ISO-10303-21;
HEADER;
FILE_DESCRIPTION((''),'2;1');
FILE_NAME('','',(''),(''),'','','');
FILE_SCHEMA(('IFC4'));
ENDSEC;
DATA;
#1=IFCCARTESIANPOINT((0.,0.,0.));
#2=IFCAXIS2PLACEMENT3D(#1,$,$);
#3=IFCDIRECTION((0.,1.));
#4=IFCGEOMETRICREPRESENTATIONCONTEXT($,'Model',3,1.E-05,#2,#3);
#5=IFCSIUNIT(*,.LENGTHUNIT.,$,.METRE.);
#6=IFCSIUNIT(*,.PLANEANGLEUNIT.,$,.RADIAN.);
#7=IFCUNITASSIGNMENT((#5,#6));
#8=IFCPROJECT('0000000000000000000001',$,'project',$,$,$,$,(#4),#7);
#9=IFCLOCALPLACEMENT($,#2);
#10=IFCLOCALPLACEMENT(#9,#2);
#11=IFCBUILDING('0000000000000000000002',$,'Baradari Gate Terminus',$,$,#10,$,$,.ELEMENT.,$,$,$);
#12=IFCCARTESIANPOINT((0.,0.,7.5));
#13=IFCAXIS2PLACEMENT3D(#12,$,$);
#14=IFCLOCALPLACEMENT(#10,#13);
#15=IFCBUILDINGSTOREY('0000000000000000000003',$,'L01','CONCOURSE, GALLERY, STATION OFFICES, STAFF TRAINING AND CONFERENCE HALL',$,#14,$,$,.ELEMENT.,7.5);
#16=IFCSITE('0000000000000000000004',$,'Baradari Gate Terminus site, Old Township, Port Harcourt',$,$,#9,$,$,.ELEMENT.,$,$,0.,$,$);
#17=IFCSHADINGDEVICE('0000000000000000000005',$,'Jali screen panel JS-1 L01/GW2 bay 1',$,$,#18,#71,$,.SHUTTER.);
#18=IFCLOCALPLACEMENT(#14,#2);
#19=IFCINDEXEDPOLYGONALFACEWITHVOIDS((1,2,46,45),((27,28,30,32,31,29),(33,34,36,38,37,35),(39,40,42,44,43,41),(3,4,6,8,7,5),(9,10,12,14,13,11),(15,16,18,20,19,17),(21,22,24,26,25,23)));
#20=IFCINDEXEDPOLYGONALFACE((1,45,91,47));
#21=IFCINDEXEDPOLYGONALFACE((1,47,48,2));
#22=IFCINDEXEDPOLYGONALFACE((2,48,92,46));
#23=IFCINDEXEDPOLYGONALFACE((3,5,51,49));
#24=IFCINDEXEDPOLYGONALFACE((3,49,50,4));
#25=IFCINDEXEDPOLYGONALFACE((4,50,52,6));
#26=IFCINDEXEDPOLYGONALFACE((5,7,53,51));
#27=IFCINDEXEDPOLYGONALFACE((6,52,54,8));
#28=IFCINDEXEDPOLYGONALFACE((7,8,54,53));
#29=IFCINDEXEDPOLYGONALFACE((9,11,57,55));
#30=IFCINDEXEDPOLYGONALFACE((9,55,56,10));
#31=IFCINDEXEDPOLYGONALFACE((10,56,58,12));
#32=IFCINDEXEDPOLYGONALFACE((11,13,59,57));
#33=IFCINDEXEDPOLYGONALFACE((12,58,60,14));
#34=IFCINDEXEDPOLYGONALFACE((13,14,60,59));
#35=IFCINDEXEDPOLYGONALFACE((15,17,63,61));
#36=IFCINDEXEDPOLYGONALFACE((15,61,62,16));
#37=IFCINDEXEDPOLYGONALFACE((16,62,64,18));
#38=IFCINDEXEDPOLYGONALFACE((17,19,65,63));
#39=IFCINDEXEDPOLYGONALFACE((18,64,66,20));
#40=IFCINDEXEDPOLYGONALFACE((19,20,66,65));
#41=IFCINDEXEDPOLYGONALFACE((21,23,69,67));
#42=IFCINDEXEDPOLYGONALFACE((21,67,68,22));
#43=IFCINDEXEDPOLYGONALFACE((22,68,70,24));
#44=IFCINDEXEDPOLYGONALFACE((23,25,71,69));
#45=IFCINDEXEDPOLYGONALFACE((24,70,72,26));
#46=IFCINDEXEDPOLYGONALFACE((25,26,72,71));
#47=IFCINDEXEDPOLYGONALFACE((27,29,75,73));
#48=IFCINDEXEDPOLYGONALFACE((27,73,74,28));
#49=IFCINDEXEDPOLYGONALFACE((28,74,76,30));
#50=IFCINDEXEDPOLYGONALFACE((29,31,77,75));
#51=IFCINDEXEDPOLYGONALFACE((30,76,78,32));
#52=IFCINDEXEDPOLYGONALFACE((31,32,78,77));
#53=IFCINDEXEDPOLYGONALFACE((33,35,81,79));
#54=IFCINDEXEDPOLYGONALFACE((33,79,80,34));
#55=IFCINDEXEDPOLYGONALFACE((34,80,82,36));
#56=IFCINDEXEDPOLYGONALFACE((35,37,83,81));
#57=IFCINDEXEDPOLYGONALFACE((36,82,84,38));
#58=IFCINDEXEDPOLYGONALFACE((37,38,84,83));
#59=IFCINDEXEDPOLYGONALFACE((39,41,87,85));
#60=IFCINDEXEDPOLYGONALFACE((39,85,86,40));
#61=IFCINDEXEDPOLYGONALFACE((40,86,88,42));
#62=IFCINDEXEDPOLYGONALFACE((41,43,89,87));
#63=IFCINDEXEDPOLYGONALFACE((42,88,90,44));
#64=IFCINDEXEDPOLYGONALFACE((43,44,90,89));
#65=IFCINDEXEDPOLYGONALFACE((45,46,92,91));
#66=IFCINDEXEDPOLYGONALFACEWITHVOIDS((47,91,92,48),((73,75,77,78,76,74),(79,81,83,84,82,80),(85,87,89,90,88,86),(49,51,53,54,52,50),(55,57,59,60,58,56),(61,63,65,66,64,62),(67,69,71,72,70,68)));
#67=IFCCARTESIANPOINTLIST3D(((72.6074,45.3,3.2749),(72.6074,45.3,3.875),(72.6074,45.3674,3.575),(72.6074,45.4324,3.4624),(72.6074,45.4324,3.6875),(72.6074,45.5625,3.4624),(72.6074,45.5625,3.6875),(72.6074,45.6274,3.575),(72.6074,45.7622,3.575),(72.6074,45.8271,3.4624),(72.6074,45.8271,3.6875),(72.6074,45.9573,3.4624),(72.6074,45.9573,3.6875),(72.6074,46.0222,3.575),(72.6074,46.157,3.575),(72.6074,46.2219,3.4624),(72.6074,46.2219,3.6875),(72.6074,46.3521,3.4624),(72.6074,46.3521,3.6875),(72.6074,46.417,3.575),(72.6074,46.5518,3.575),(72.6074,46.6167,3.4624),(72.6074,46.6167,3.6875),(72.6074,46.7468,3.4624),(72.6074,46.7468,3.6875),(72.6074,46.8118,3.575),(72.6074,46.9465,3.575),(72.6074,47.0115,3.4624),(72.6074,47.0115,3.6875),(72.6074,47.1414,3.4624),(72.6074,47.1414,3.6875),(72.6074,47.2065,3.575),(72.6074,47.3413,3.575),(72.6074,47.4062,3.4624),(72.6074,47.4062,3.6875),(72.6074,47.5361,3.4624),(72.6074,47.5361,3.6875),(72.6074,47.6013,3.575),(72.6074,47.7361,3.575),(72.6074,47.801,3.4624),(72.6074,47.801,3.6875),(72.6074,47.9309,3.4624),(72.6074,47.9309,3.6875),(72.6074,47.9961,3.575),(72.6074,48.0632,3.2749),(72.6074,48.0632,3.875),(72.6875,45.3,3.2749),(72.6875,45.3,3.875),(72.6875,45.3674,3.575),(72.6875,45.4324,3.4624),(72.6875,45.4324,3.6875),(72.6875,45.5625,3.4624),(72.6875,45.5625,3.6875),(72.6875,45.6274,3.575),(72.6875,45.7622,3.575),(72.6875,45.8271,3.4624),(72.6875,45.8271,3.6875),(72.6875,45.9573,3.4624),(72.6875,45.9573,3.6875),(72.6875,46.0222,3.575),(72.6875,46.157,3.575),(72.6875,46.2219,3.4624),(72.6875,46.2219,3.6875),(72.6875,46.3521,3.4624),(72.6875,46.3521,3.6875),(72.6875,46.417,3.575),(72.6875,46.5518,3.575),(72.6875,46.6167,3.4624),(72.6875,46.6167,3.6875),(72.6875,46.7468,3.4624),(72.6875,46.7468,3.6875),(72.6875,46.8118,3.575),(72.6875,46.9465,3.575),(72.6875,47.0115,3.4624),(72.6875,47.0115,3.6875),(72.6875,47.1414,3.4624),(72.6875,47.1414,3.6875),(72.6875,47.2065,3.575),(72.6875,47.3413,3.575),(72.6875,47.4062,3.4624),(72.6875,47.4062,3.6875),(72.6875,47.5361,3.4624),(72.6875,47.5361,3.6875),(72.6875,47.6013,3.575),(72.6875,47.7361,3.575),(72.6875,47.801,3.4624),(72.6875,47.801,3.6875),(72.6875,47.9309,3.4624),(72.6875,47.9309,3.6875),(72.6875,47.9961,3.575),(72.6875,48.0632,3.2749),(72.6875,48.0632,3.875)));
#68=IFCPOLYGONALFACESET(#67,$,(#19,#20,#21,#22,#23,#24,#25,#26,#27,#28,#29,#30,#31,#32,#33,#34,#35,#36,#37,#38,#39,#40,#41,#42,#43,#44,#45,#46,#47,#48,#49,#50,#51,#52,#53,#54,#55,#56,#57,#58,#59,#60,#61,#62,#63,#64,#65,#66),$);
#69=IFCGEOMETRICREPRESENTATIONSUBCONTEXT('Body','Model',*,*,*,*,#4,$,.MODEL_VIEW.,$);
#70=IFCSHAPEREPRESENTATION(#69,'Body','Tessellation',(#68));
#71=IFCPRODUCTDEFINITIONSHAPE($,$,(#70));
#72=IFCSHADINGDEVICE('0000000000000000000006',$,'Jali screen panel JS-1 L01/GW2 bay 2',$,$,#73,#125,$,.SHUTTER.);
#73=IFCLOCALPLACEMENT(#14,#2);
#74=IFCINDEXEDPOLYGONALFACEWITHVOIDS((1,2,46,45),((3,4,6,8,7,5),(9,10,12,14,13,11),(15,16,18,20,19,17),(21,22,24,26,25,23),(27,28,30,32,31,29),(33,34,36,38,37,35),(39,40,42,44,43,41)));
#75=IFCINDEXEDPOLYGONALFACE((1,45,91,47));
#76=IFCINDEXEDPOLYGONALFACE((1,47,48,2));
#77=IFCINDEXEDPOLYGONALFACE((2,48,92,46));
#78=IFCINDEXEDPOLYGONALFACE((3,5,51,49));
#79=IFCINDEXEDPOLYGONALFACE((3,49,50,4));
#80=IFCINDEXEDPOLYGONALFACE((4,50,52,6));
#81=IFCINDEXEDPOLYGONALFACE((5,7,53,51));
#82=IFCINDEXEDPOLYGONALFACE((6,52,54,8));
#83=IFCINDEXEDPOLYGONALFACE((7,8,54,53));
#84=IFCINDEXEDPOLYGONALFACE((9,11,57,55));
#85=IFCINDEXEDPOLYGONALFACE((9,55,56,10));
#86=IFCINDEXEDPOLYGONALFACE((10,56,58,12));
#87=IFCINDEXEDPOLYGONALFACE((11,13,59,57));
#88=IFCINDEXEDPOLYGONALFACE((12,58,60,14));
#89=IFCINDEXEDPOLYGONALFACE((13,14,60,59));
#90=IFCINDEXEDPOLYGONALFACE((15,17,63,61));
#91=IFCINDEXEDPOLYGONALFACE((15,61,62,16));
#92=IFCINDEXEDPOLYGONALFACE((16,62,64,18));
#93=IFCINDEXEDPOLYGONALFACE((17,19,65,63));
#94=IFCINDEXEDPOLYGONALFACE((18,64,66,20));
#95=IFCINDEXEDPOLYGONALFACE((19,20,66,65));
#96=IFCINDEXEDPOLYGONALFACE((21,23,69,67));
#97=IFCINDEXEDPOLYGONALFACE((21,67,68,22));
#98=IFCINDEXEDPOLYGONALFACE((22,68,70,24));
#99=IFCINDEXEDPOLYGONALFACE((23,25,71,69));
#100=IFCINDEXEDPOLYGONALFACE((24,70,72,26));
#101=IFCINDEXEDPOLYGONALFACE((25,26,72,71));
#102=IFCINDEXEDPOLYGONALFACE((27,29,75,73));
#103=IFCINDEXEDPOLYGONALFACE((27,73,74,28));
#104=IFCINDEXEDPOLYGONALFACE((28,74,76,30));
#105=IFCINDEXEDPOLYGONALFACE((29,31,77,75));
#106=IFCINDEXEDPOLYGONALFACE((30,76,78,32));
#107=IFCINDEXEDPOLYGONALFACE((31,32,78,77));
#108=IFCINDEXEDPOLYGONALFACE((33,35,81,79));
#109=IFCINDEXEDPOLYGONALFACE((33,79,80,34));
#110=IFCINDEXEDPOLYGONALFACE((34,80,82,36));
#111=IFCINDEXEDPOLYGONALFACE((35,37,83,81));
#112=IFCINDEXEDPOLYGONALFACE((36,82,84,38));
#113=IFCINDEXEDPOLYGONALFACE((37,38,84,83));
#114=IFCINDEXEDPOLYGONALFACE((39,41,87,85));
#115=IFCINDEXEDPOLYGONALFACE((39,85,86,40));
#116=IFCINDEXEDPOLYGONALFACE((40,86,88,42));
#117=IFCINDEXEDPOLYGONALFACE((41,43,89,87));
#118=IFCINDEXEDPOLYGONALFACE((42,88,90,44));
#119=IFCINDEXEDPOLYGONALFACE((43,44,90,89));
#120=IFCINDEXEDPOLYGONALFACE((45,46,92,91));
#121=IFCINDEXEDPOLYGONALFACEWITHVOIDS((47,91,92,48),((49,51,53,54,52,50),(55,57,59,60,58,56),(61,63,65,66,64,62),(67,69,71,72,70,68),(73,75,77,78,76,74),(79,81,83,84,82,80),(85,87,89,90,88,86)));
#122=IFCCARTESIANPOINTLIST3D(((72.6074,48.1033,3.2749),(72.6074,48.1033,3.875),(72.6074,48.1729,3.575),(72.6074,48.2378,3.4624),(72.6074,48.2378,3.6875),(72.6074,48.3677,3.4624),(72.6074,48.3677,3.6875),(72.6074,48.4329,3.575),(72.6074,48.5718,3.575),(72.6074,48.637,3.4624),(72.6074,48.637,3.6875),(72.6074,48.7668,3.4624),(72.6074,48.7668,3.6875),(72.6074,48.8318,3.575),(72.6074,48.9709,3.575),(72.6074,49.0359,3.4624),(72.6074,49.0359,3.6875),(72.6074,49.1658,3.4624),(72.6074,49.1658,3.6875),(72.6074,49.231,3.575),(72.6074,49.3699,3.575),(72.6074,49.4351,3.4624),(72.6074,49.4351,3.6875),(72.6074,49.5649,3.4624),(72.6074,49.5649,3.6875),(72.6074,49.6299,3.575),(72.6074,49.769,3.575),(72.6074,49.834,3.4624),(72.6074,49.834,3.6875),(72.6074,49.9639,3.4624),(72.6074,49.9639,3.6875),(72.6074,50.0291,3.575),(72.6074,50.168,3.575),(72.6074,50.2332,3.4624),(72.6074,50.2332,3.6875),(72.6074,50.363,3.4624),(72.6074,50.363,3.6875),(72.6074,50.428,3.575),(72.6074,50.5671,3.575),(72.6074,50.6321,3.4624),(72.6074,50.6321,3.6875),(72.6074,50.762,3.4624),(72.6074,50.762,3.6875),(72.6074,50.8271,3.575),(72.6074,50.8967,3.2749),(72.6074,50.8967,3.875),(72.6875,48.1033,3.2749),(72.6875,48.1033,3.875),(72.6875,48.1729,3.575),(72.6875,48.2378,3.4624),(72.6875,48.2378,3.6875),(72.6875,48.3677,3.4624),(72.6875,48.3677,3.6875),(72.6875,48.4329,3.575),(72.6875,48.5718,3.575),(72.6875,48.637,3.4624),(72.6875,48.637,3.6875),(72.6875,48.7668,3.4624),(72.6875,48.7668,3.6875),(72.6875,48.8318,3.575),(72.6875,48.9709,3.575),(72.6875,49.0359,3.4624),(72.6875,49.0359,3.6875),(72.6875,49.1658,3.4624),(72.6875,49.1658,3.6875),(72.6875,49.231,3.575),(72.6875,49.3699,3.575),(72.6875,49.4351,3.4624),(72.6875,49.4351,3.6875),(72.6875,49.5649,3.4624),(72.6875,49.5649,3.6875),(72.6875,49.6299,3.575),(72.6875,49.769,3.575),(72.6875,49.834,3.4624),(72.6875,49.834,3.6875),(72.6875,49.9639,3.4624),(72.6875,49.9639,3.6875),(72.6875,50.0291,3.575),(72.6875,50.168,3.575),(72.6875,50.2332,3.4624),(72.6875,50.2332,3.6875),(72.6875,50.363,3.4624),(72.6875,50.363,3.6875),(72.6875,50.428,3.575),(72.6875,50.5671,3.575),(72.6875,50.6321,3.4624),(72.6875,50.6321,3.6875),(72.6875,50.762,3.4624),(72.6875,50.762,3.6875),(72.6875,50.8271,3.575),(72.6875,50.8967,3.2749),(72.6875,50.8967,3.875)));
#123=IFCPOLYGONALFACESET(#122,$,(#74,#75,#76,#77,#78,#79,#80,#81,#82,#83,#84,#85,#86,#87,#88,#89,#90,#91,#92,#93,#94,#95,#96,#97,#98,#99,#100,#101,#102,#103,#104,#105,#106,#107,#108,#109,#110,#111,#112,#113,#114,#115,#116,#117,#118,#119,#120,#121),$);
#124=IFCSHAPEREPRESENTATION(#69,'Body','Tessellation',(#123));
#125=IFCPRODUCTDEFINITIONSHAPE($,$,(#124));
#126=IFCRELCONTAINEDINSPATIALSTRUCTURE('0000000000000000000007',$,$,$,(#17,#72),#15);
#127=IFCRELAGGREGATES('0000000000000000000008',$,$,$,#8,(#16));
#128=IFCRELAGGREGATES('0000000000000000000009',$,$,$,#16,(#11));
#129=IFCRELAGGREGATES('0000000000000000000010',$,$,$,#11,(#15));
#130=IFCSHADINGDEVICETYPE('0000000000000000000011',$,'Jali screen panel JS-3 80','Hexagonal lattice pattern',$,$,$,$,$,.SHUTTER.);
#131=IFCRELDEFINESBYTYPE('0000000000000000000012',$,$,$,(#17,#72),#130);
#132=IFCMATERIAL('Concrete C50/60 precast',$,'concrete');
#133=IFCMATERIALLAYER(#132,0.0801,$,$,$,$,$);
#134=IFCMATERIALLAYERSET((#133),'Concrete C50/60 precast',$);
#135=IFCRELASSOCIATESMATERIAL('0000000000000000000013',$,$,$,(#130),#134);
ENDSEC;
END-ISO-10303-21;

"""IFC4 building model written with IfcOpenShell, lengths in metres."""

from ifc_helpers import new_model, si_unit, direction, frame, origin, place, context, subcontext, project, spatial, polyline, outline, extrude, material, layer, layer_set, type_object, element, save


model = new_model("IFC4")

# Units and contexts
model_context = context("Model", 3, precision=1e-05, world=origin(), true_north=direction((0.0, 1.0)))
body_context = subcontext(model_context, "Body", "Model", "MODEL_VIEW")
ifc_project = project(units=[si_unit("LENGTHUNIT", "METRE"), si_unit("PLANEANGLEUNIT", "RADIAN")], contexts=[model_context])

# Site, building, storey
site_placement = place(None, origin())
site = spatial("IfcSite", under=ifc_project, at=site_placement, Name="Baradari Gate Terminus site, Old Township, Port Harcourt", CompositionType="ELEMENT", RefElevation=0.0)
building_placement = place(site_placement, origin())
building = spatial("IfcBuilding", under=site, at=building_placement, Name="Baradari Gate Terminus", CompositionType="ELEMENT")
storey_placement = place(building_placement, frame((0.0, 0.0, 7.5)))
storey = spatial("IfcBuildingStorey", under=building, at=storey_placement, Name="L01", Description="CONCOURSE, GALLERY, STATION OFFICES, STAFF TRAINING AND CONFERENCE HALL", CompositionType="ELEMENT", Elevation=7.5)

# Shading devices
ifc_material_1 = material(Name="Concrete C50/60 precast", Category="concrete")
ifc_layer_1 = layer(ifc_material_1, 0.0801)
ifc_layer_set_1 = layer_set([ifc_layer_1], Name="Concrete C50/60 precast")
shading_device_type = type_object("IfcShadingDeviceType", Name="Jali screen panel JS-3 80", Description="Hexagonal lattice pattern", PredefinedType="SHUTTER", material=ifc_layer_set_1)
shading_device_1_placement = place(storey_placement, frame((72.6475, 45.3, 3.2749), z_axis=(0.0, 0.0, 1.0), x_axis=(0.0, 1.0, 0.0)))
element("IfcShadingDevice", 1, at=shading_device_1_placement, inside=storey, type_object=shading_device_type, Name="Jali screen panel JS-1 L01/GW2 bay 1", PredefinedType="SHUTTER", context=body_context, shape_type="SweptSolid", body=[
    extrude(outline(polyline([(0.0, 0.0), (2.7632, 0.0), (2.7632, 0.6001), (0.0, 0.6001), (0.0, 0.0)]), holes=[polyline([(0.3274, 0.3), (0.2625, 0.1875), (0.1323, 0.1875), (0.0674, 0.3), (0.1323, 0.4126), (0.2625, 0.4126), (0.3274, 0.3)]), polyline([(0.7222, 0.3), (0.6572, 0.1875), (0.5271, 0.1875), (0.4622, 0.3), (0.5271, 0.4126), (0.6572, 0.4126), (0.7222, 0.3)]), polyline([(1.1169, 0.3), (1.052, 0.1875), (0.9219, 0.1875), (0.8569, 0.3), (0.9219, 0.4126), (1.052, 0.4126), (1.1169, 0.3)]), polyline([(1.5117, 0.3), (1.4468, 0.1875), (1.3167, 0.1875), (1.2517, 0.3), (1.3167, 0.4126), (1.4468, 0.4126), (1.5117, 0.3)]), polyline([(1.9065, 0.3), (1.8413, 0.1875), (1.7114, 0.1875), (1.6465, 0.3), (1.7114, 0.4126), (1.8413, 0.4126), (1.9065, 0.3)]), polyline([(2.3013, 0.3), (2.2361, 0.1875), (2.1062, 0.1875), (2.0413, 0.3), (2.1062, 0.4126), (2.2361, 0.4126), (2.3013, 0.3)]), polyline([(2.696, 0.3), (2.6309, 0.1875), (2.501, 0.1875), (2.436, 0.3), (2.501, 0.4126), (2.6309, 0.4126), (2.696, 0.3)])]), frame((0.0, 0.04, 0.0), z_axis=(0.0, -1.0, 0.0), x_axis=(1.0, 0.0, 0.0)), (0.0, 0.0, 1.0), 0.0801),
])
shading_device_2_placement = place(storey_placement, frame((72.6475, 48.1033, 3.2749), z_axis=(0.0, 0.0, 1.0), x_axis=(0.0, 1.0, 0.0)))
element("IfcShadingDevice", 2, at=shading_device_2_placement, inside=storey, type_object=shading_device_type, Name="Jali screen panel JS-1 L01/GW2 bay 2", PredefinedType="SHUTTER", context=body_context, shape_type="SweptSolid", body=[
    extrude(outline(polyline([(0.0, 0.0), (2.7935, 0.0), (2.7935, 0.6001), (0.0, 0.6001), (0.0, 0.0)]), holes=[polyline([(0.3296, 0.3), (0.2644, 0.1875), (0.1345, 0.1875), (0.0696, 0.3), (0.1345, 0.4126), (0.2644, 0.4126), (0.3296, 0.3)]), polyline([(0.7285, 0.3), (0.6636, 0.1875), (0.5337, 0.1875), (0.4685, 0.3), (0.5337, 0.4126), (0.6636, 0.4126), (0.7285, 0.3)]), polyline([(1.1277, 0.3), (1.0625, 0.1875), (0.9326, 0.1875), (0.8677, 0.3), (0.9326, 0.4126), (1.0625, 0.4126), (1.1277, 0.3)]), polyline([(1.5266, 0.3), (1.4617, 0.1875), (1.3318, 0.1875), (1.2666, 0.3), (1.3318, 0.4126), (1.4617, 0.4126), (1.5266, 0.3)]), polyline([(1.9258, 0.3), (1.8606, 0.1875), (1.7307, 0.1875), (1.6658, 0.3), (1.7307, 0.4126), (1.8606, 0.4126), (1.9258, 0.3)]), polyline([(2.3247, 0.3), (2.2598, 0.1875), (2.1299, 0.1875), (2.0647, 0.3), (2.1299, 0.4126), (2.2598, 0.4126), (2.3247, 0.3)]), polyline([(2.7239, 0.3), (2.6587, 0.1875), (2.5288, 0.1875), (2.4639, 0.3), (2.5288, 0.4126), (2.6587, 0.4126), (2.7239, 0.3)])]), frame((0.0, 0.04, 0.0), z_axis=(0.0, -1.0, 0.0), x_axis=(1.0, 0.0, 0.0)), (0.0, 0.0, 1.0), 0.0801),
])

save(model, "model.ifc")
